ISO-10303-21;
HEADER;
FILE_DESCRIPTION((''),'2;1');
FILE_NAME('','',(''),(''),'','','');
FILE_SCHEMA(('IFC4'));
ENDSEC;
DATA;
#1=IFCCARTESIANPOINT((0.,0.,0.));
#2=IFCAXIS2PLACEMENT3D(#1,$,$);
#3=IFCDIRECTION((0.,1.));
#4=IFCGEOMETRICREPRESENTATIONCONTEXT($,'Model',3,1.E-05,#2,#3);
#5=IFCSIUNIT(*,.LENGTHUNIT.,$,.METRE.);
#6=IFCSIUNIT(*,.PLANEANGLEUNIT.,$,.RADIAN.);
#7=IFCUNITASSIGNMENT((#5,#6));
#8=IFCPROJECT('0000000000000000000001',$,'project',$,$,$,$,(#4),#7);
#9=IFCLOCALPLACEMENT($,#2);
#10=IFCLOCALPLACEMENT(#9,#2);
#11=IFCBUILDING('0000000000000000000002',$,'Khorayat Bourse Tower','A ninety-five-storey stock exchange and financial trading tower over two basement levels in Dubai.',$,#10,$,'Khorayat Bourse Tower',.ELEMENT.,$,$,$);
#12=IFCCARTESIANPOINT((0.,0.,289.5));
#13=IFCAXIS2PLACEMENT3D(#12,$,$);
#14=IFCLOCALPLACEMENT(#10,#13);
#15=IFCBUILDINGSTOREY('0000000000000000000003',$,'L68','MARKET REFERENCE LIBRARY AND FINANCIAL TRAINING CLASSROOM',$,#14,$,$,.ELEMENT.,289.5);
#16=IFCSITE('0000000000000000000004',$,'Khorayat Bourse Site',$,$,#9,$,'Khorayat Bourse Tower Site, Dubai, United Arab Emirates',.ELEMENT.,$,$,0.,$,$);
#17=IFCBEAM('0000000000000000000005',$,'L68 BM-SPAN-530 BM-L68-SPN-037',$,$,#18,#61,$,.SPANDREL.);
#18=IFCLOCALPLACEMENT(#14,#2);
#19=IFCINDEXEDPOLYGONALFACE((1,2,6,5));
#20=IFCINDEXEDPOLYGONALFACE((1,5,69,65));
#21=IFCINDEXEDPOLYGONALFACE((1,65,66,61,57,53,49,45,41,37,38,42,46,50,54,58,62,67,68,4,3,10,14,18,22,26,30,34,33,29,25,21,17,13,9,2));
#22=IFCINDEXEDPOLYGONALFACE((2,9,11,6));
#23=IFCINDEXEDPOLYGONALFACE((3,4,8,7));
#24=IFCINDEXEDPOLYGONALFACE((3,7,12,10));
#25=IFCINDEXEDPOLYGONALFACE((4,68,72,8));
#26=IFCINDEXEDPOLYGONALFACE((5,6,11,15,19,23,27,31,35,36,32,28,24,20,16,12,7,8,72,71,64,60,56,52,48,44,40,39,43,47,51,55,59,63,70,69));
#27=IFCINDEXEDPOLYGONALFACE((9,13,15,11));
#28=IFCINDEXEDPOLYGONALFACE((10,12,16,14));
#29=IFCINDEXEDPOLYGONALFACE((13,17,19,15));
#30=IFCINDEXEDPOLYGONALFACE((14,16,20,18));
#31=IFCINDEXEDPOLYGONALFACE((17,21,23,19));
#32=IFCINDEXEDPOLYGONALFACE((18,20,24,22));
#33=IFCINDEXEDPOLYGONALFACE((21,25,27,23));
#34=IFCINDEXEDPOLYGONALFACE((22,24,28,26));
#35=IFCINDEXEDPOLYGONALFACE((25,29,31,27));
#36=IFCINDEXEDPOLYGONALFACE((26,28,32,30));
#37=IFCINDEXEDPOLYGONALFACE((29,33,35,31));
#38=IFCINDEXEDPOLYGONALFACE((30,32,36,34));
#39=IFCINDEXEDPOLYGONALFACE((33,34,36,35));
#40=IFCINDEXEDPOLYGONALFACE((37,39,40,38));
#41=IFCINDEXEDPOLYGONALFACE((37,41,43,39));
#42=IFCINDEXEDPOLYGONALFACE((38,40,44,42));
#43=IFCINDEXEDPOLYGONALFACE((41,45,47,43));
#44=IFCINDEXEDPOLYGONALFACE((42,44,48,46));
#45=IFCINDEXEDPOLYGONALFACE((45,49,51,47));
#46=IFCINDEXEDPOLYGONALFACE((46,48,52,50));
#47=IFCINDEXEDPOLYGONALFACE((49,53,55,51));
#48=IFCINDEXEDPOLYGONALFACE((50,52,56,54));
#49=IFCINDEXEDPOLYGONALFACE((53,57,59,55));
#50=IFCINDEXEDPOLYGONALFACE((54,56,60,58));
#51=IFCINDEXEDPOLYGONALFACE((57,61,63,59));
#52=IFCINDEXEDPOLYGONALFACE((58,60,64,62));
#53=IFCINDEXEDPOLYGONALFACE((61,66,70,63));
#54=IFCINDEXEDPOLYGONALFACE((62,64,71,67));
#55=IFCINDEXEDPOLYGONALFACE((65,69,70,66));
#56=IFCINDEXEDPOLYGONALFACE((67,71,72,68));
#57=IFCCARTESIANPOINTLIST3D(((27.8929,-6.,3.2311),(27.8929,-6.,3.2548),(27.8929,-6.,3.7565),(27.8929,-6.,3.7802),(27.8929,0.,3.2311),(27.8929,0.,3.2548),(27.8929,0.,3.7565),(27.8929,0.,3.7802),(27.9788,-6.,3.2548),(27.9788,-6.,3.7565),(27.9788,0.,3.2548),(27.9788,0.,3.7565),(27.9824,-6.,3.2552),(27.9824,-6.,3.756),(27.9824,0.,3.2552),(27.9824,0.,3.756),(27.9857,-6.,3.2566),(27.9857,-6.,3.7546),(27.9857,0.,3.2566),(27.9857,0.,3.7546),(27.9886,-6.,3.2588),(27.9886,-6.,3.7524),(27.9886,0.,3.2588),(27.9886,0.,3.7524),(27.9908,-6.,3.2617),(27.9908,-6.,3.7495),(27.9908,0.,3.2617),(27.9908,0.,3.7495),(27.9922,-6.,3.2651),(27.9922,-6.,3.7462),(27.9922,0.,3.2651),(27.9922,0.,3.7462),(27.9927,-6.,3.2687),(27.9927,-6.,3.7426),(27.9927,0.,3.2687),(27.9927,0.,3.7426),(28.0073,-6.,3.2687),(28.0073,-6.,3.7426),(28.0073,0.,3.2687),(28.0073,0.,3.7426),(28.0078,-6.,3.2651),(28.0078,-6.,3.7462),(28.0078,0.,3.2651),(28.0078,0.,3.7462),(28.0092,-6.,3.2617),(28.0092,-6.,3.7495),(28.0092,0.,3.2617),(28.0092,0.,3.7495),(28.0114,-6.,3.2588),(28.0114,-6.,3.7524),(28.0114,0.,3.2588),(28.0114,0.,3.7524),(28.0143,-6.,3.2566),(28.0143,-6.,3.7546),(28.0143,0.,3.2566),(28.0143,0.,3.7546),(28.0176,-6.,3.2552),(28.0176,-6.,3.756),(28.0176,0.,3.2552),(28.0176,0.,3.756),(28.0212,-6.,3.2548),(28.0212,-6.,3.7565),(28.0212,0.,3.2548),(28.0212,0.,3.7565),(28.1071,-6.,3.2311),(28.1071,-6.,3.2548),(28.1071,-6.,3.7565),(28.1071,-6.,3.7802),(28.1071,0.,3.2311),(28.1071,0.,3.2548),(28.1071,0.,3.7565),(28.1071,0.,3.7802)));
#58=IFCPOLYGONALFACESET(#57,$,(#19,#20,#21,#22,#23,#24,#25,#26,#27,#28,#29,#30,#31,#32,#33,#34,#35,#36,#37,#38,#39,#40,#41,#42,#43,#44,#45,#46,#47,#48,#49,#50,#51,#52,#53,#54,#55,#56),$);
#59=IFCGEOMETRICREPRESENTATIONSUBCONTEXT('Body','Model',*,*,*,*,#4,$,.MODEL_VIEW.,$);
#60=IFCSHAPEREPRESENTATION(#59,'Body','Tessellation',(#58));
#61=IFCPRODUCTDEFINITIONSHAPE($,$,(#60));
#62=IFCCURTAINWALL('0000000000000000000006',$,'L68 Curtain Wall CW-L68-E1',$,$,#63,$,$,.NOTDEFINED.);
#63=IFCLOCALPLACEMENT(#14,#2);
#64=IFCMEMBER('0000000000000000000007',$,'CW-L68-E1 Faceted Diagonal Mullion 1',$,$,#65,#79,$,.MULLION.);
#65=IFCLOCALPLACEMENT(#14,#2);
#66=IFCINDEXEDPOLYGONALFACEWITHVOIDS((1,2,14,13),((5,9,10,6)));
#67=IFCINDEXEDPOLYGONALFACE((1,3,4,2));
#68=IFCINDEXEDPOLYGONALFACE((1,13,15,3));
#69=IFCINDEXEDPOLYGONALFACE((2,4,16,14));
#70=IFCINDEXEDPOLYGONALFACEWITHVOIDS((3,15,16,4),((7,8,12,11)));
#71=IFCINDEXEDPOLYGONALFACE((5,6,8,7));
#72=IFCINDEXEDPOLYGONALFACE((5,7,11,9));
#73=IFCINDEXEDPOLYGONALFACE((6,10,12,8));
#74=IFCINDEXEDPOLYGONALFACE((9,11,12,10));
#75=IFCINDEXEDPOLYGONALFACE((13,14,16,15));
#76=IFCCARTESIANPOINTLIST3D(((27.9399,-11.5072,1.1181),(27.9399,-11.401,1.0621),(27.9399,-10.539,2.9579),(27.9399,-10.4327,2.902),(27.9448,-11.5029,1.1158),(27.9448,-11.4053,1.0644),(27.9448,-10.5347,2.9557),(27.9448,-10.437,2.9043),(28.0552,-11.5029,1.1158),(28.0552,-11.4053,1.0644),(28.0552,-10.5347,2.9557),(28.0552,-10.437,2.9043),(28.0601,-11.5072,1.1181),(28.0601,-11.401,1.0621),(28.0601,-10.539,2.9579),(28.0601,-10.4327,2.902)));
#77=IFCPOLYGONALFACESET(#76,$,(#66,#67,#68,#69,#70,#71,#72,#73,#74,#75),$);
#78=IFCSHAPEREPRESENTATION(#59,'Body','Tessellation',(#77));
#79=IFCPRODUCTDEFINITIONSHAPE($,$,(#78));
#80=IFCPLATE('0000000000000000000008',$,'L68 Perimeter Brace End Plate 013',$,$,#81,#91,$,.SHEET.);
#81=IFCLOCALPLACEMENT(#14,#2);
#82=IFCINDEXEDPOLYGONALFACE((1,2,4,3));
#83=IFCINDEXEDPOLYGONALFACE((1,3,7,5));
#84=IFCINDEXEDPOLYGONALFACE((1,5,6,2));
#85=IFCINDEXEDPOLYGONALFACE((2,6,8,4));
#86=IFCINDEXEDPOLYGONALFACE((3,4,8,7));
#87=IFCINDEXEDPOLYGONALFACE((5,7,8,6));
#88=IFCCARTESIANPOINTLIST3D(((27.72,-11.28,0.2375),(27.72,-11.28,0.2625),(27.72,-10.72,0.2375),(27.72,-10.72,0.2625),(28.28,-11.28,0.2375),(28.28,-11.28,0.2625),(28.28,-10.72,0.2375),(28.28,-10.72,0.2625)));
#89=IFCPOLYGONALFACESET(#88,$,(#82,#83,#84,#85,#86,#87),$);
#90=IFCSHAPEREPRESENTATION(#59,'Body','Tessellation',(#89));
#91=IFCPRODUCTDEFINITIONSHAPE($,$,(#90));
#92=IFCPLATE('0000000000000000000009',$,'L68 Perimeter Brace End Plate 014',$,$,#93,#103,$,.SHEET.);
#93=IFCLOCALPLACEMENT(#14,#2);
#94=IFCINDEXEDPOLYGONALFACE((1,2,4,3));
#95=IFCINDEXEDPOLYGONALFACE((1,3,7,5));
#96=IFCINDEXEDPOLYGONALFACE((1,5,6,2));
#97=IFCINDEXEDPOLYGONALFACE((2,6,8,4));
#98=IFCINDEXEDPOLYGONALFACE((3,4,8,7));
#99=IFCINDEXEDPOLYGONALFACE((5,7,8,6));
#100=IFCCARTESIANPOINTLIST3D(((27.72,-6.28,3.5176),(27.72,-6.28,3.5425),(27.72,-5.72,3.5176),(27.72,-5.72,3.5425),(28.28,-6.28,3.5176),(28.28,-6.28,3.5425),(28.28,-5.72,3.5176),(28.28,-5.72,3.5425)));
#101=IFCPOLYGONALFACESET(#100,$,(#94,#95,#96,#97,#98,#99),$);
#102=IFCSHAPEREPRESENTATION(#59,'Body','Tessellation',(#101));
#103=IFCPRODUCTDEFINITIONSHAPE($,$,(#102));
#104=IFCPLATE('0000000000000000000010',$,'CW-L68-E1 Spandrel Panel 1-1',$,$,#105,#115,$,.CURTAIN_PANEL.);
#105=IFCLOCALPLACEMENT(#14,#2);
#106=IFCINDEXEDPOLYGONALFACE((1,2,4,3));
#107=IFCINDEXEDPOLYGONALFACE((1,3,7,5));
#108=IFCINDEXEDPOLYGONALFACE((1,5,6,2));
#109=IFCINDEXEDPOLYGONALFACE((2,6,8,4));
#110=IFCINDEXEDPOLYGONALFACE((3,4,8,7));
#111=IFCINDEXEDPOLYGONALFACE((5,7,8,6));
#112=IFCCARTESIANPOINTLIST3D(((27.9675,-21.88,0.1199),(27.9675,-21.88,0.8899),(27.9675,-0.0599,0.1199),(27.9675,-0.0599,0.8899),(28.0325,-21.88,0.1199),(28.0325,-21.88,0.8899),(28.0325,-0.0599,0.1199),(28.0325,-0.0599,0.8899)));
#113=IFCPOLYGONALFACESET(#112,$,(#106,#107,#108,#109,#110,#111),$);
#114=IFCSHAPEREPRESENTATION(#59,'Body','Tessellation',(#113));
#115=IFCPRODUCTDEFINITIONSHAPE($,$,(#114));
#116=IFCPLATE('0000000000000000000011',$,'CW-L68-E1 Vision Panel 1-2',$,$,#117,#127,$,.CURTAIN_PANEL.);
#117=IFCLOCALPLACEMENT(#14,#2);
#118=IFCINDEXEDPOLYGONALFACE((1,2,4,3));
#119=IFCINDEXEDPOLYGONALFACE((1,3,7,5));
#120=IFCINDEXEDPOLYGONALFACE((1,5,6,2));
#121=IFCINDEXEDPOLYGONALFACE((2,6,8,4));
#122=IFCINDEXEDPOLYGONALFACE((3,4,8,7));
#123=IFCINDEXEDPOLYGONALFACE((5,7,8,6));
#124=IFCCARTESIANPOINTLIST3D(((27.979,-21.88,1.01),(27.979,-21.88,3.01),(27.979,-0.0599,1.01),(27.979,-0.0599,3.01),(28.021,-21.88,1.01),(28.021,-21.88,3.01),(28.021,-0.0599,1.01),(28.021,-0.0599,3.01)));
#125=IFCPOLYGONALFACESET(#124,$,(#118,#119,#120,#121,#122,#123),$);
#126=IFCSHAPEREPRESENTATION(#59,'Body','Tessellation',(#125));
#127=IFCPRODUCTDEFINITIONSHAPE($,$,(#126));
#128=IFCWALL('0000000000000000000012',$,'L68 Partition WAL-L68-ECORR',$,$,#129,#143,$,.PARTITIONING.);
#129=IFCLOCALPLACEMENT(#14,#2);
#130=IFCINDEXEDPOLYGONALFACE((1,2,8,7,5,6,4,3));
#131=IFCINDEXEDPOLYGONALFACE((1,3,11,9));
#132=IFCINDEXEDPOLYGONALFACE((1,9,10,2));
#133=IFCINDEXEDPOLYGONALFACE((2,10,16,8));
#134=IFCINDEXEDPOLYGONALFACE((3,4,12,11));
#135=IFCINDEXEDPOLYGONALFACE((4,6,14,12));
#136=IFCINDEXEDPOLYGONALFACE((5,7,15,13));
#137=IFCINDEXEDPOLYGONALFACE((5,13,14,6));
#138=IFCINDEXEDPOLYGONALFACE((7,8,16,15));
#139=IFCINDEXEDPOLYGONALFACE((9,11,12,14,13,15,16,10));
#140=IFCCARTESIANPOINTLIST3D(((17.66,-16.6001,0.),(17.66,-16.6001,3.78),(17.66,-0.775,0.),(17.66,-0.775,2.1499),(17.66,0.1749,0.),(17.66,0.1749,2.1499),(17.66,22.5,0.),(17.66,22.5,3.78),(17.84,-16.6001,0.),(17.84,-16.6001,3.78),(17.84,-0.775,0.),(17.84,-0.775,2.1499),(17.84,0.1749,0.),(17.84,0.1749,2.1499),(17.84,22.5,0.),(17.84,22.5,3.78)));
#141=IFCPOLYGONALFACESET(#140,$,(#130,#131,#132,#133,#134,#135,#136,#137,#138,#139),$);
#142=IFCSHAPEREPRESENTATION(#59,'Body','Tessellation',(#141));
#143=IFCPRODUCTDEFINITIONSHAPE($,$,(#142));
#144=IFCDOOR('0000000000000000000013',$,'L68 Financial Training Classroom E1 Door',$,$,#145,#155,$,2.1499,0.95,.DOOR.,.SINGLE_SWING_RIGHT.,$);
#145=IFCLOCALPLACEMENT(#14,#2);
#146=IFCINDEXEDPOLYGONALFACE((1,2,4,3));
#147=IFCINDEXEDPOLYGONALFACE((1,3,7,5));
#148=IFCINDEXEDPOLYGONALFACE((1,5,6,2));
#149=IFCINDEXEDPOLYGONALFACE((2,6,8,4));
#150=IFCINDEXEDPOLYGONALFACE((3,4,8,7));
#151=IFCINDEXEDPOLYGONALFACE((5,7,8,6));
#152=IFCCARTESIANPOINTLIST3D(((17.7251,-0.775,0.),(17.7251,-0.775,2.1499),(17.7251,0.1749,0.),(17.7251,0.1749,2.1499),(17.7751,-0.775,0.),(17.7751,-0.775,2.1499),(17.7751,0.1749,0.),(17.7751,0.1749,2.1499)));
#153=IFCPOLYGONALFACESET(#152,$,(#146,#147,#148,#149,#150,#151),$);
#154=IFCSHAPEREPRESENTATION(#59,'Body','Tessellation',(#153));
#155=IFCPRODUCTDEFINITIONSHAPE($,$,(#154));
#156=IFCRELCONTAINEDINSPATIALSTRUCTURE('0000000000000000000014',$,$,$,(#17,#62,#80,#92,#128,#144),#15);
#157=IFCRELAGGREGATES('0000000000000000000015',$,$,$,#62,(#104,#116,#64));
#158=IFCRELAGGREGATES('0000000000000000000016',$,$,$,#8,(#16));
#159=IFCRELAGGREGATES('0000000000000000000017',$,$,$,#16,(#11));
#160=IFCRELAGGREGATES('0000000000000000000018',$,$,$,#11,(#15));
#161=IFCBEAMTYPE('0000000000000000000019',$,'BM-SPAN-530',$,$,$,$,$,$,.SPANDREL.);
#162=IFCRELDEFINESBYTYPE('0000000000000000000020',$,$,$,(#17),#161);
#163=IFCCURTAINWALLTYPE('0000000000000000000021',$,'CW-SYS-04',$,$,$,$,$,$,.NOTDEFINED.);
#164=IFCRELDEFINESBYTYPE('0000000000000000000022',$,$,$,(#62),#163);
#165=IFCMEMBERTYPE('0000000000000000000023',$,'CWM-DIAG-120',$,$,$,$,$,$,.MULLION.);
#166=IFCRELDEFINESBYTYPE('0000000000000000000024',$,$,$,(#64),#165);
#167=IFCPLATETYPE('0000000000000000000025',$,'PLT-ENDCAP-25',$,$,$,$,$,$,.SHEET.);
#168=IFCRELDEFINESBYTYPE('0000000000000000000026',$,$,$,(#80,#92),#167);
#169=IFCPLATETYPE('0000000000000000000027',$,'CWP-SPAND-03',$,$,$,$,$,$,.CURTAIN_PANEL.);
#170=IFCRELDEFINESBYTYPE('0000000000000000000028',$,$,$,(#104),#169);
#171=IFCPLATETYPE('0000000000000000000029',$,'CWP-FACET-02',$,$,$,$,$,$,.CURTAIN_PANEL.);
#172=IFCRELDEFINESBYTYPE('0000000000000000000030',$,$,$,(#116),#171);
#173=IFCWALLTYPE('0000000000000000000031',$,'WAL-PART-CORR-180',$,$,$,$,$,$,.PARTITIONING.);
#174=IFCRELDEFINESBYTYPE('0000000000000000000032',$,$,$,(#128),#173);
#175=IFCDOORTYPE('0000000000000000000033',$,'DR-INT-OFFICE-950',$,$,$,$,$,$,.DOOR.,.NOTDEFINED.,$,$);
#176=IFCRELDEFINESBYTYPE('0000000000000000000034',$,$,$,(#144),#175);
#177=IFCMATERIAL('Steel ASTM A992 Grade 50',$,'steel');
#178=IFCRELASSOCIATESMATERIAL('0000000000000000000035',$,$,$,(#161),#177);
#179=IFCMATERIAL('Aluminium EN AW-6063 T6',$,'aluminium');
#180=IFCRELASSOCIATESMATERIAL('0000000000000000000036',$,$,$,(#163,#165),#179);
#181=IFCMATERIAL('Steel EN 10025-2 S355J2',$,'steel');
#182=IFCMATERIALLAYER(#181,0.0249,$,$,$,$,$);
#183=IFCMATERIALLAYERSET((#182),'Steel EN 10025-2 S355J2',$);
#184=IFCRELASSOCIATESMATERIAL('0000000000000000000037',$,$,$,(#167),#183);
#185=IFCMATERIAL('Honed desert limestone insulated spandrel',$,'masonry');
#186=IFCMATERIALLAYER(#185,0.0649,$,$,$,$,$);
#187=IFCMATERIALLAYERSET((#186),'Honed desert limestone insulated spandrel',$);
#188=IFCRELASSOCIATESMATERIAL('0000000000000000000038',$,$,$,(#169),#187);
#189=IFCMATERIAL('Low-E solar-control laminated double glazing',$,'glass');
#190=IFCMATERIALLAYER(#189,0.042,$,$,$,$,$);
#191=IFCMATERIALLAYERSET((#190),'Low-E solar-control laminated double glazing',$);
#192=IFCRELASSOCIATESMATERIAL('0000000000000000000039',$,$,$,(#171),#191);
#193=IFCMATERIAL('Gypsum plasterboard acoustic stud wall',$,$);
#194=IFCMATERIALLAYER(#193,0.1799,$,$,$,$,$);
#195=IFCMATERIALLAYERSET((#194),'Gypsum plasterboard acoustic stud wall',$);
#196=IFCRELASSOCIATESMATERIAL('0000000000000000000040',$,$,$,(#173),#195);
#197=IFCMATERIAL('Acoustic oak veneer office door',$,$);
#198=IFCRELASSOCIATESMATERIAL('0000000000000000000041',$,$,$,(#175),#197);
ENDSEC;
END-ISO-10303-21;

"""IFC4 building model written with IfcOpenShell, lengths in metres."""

from ifc_helpers import new_model, si_unit, direction, frame, frame_2d, origin, origin_2d, place, context, subcontext, project, spatial, rectangle, hollow_rectangle, i_section, extrude, source, transform, mapped, material, layer, layer_set, material_profile, profile_set, type_object, element, fill, aggregate, save


model = new_model("IFC4")

# Units and contexts
model_context = context("Model", 3, precision=1e-05, world=origin(), true_north=direction((0.0, 1.0)))
body_context = subcontext(model_context, "Body", "Model", "MODEL_VIEW")
ifc_project = project(units=[si_unit("LENGTHUNIT", "METRE"), si_unit("PLANEANGLEUNIT", "RADIAN")], contexts=[model_context])

# Site, building, storey
site_placement = place(None, origin())
site = spatial("IfcSite", under=ifc_project, at=site_placement, Name="Khorayat Bourse Site", LongName="Khorayat Bourse Tower Site, Dubai, United Arab Emirates", CompositionType="ELEMENT", RefElevation=0.0)
building_placement = place(site_placement, origin())
building = spatial("IfcBuilding", under=site, at=building_placement, Name="Khorayat Bourse Tower", Description="A ninety-five-storey stock exchange and financial trading tower over two basement levels in Dubai.", LongName="Khorayat Bourse Tower", CompositionType="ELEMENT")
storey_placement = place(building_placement, frame((0.0, 0.0, 289.5)))
storey = spatial("IfcBuildingStorey", under=building, at=storey_placement, Name="L68", Description="MARKET REFERENCE LIBRARY AND FINANCIAL TRAINING CLASSROOM", CompositionType="ELEMENT", Elevation=289.5)

# Beam
ifc_material_1 = material(Name="Steel ASTM A992 Grade 50", Category="steel")
ifc_material_profile_1 = material_profile(ifc_material_1, i_section(OverallWidth=0.2141, OverallDepth=0.5491, WebThickness=0.0146, FlangeThickness=0.0237, FilletRadius=0.0139, at=origin_2d()), Name="W530X138")
ifc_profile_set_1 = profile_set([ifc_material_profile_1], Name="Steel ASTM A992 Grade 50")
beam_type_1 = type_object("IfcBeamType", Name="BM-SPAN-530", PredefinedType="SPANDREL", material=ifc_profile_set_1)
shared_shape_1 = source(origin(), body_context, "Body", "SweptSolid", [
    extrude(i_section(OverallWidth=0.2141, OverallDepth=0.5491, WebThickness=0.0146, FlangeThickness=0.0237, FilletRadius=0.0139, at=origin_2d()), origin(), (0.0, 0.0, 1.0), 6.0),
])
beam_1_placement = place(storey_placement, frame((28.0, -6.0, 3.5056), z_axis=(0.0, 1.0, 0.0), x_axis=(-1.0, 0.0, 0.0)))
element("IfcBeam", 1, at=beam_1_placement, inside=storey, type_object=beam_type_1, Name="L68 BM-SPAN-530 BM-L68-SPN-037", PredefinedType="SPANDREL", context=body_context, shape_type="MappedRepresentation", body=[
    mapped(shared_shape_1, transform((0.0, 0.0, 0.0), scale=1.0)),
])

# Curtain wall, member
ifc_material_2 = material(Name="Aluminium EN AW-6063 T6", Category="aluminium")
curtain_wall_type = type_object("IfcCurtainWallType", Name="CW-SYS-04", PredefinedType="NOTDEFINED", material=ifc_material_2)
curtain_wall_placement = place(storey_placement, origin())
curtain_wall = element("IfcCurtainWall", 2, at=curtain_wall_placement, inside=storey, type_object=curtain_wall_type, Name="L68 Curtain Wall CW-L68-E1", PredefinedType="NOTDEFINED")
ifc_material_profile_2 = material_profile(ifc_material_2, hollow_rectangle(XDim=0.1201, YDim=0.1201, WallThickness=0.0049, at=origin_2d()), Name="ALU 120x120x5")
ifc_profile_set_2 = profile_set([ifc_material_profile_2], Name="Aluminium EN AW-6063 T6")
member_type_1 = type_object("IfcMemberType", Name="CWM-DIAG-120", PredefinedType="MULLION", material=ifc_profile_set_2)
shared_shape_2 = source(origin(), body_context, "Body", "SweptSolid", [
    extrude(hollow_rectangle(XDim=0.1201, YDim=0.1201, WallThickness=0.0049, at=origin_2d()), origin(), (0.0, 0.0, 1.0), 2.0791),
])
member_1_placement = place(storey_placement, frame((28.0, -11.4541, 1.0901), z_axis=(0.0, 0.465717, 0.884934), x_axis=(-1.0, 0.0, 0.0)))
member_1 = element("IfcMember", 3, at=member_1_placement, type_object=member_type_1, Name="CW-L68-E1 Faceted Diagonal Mullion 1", PredefinedType="MULLION", context=body_context, shape_type="MappedRepresentation", body=[
    mapped(shared_shape_2, transform((0.0, 0.0, 0.0), scale=1.0)),
])

# Plates
ifc_material_3 = material(Name="Steel EN 10025-2 S355J2", Category="steel")
ifc_layer_1 = layer(ifc_material_3, 0.0249)
ifc_layer_set_1 = layer_set([ifc_layer_1], Name="Steel EN 10025-2 S355J2")
plate_type_1 = type_object("IfcPlateType", Name="PLT-ENDCAP-25", PredefinedType="SHEET", material=ifc_layer_set_1)
shared_shape_3 = source(origin(), body_context, "Body", "SweptSolid", [
    extrude(rectangle(XDim=0.5601, YDim=0.5601, at=origin_2d()), origin(), (0.0, 0.0, 1.0), 0.0249),
])
for number, where, z_axis, x_axis, name in (
    (4, (28.0, -11.0, 0.2375), (0.0, 0.0, 1.0), (1.0, 0.0, 0.0), "L68 Perimeter Brace End Plate 013"),
    (5, (28.0, -6.0, 3.5176), (0.0, 0.0, 1.0), (1.0, 0.0, 0.0), "L68 Perimeter Brace End Plate 014"),
):
    element("IfcPlate", number, at=place(storey_placement, frame(where, z_axis=z_axis, x_axis=x_axis)), inside=storey, type_object=plate_type_1, Name=name, PredefinedType="SHEET", context=body_context, shape_type="MappedRepresentation", body=[
        mapped(shared_shape_3, transform((0.0, 0.0, 0.0), scale=1.0)),
    ])

# Plates
ifc_material_4 = material(Name="Honed desert limestone insulated spandrel", Category="masonry")
ifc_layer_2 = layer(ifc_material_4, 0.0649)
ifc_layer_set_2 = layer_set([ifc_layer_2], Name="Honed desert limestone insulated spandrel")
plate_type_2 = type_object("IfcPlateType", Name="CWP-SPAND-03", PredefinedType="CURTAIN_PANEL", material=ifc_layer_set_2)
shared_shape_4 = source(origin(), body_context, "Body", "SweptSolid", [
    extrude(rectangle(XDim=21.8201, YDim=0.0649, at=origin_2d()), origin(), (0.0, 0.0, 1.0), 0.77),
])
plate_1_placement = place(storey_placement, frame((28.0, -10.97, 0.1199), z_axis=(0.0, 0.0, 1.0), x_axis=(0.0, 1.0, 0.0)))
plate_1 = element("IfcPlate", 6, at=plate_1_placement, type_object=plate_type_2, Name="CW-L68-E1 Spandrel Panel 1-1", PredefinedType="CURTAIN_PANEL", context=body_context, shape_type="MappedRepresentation", body=[
    mapped(shared_shape_4, transform((0.0, 0.0, 0.0), scale=1.0)),
])
ifc_material_5 = material(Name="Low-E solar-control laminated double glazing", Category="glass")
ifc_layer_3 = layer(ifc_material_5, 0.042)
ifc_layer_set_3 = layer_set([ifc_layer_3], Name="Low-E solar-control laminated double glazing")
plate_type_3 = type_object("IfcPlateType", Name="CWP-FACET-02", PredefinedType="CURTAIN_PANEL", material=ifc_layer_set_3)
shared_shape_5 = source(origin(), body_context, "Body", "SweptSolid", [
    extrude(rectangle(XDim=21.8201, YDim=0.042, at=origin_2d()), origin(), (0.0, 0.0, 1.0), 2.0),
])
plate_2_placement = place(storey_placement, frame((28.0, -10.97, 1.01), z_axis=(0.0, 0.0, 1.0), x_axis=(0.0, 1.0, 0.0)))
plate_2 = element("IfcPlate", 7, at=plate_2_placement, type_object=plate_type_3, Name="CW-L68-E1 Vision Panel 1-2", PredefinedType="CURTAIN_PANEL", context=body_context, shape_type="MappedRepresentation", body=[
    mapped(shared_shape_5, transform((0.0, 0.0, 0.0), scale=1.0)),
])
aggregate(curtain_wall, [plate_1, plate_2, member_1])

# Wall, opening, door
ifc_material_6 = material(Name="Gypsum plasterboard acoustic stud wall")
ifc_layer_4 = layer(ifc_material_6, 0.1799)
ifc_layer_set_4 = layer_set([ifc_layer_4], Name="Gypsum plasterboard acoustic stud wall")
wall_type = type_object("IfcWallType", Name="WAL-PART-CORR-180", PredefinedType="PARTITIONING", material=ifc_layer_set_4)
shared_shape_6 = source(origin(), body_context, "Body", "SweptSolid", [
    extrude(rectangle(XDim=39.1001, YDim=0.1799, at=frame_2d((19.55, 0.0))), origin(), (0.0, 0.0, 1.0), 3.78),
])
wall_placement = place(storey_placement, frame((17.75, -16.6001, 0.0), z_axis=(0.0, 0.0, 1.0), x_axis=(0.0, 1.0, 0.0)))
wall = element("IfcWall", 8, at=wall_placement, inside=storey, type_object=wall_type, Name="L68 Partition WAL-L68-ECORR", PredefinedType="PARTITIONING", context=body_context, shape_type="MappedRepresentation", body=[
    mapped(shared_shape_6, transform((0.0, 0.0, 0.0), scale=1.0)),
])
shared_shape_7 = source(origin(), body_context, "Body", "SweptSolid", [
    extrude(rectangle(XDim=0.95, YDim=2.1499, at=frame_2d((0.4751, 1.075))), frame((0.0, 0.0999, 0.0), z_axis=(0.0, -1.0, 0.0), x_axis=(1.0, 0.0, 0.0)), (0.0, 0.0, 1.0), 0.2),
])
opening_placement = place(wall_placement, frame((15.825, 0.0, 0.0)))
opening = element("IfcOpeningElement", 9, at=opening_placement, cuts=wall, PredefinedType="OPENING", context=body_context, shape_type="MappedRepresentation", body=[
    mapped(shared_shape_7, transform((0.0, 0.0, 0.0), scale=1.0)),
])
ifc_material_7 = material(Name="Acoustic oak veneer office door")
door_type = type_object("IfcDoorType", Name="DR-INT-OFFICE-950", OperationType="NOTDEFINED", PredefinedType="DOOR", material=ifc_material_7)
shared_shape_8 = source(origin(), body_context, "Body", "SweptSolid", [
    extrude(rectangle(XDim=0.95, YDim=2.1499, at=frame_2d((0.4751, 1.075))), frame((0.0, 0.0249, 0.0), z_axis=(0.0, -1.0, 0.0), x_axis=(1.0, 0.0, 0.0)), (0.0, 0.0, 1.0), 0.05),
])
door_placement = place(opening_placement, origin())
door = element("IfcDoor", 10, at=door_placement, inside=storey, type_object=door_type, Name="L68 Financial Training Classroom E1 Door", OperationType="SINGLE_SWING_RIGHT", OverallHeight=2.1499, OverallWidth=0.95, PredefinedType="DOOR", context=body_context, shape_type="MappedRepresentation", body=[
    mapped(shared_shape_8, transform((0.0, 0.0, 0.0), scale=1.0)),
])
fill(opening, door)

save(model, "model.ifc")
